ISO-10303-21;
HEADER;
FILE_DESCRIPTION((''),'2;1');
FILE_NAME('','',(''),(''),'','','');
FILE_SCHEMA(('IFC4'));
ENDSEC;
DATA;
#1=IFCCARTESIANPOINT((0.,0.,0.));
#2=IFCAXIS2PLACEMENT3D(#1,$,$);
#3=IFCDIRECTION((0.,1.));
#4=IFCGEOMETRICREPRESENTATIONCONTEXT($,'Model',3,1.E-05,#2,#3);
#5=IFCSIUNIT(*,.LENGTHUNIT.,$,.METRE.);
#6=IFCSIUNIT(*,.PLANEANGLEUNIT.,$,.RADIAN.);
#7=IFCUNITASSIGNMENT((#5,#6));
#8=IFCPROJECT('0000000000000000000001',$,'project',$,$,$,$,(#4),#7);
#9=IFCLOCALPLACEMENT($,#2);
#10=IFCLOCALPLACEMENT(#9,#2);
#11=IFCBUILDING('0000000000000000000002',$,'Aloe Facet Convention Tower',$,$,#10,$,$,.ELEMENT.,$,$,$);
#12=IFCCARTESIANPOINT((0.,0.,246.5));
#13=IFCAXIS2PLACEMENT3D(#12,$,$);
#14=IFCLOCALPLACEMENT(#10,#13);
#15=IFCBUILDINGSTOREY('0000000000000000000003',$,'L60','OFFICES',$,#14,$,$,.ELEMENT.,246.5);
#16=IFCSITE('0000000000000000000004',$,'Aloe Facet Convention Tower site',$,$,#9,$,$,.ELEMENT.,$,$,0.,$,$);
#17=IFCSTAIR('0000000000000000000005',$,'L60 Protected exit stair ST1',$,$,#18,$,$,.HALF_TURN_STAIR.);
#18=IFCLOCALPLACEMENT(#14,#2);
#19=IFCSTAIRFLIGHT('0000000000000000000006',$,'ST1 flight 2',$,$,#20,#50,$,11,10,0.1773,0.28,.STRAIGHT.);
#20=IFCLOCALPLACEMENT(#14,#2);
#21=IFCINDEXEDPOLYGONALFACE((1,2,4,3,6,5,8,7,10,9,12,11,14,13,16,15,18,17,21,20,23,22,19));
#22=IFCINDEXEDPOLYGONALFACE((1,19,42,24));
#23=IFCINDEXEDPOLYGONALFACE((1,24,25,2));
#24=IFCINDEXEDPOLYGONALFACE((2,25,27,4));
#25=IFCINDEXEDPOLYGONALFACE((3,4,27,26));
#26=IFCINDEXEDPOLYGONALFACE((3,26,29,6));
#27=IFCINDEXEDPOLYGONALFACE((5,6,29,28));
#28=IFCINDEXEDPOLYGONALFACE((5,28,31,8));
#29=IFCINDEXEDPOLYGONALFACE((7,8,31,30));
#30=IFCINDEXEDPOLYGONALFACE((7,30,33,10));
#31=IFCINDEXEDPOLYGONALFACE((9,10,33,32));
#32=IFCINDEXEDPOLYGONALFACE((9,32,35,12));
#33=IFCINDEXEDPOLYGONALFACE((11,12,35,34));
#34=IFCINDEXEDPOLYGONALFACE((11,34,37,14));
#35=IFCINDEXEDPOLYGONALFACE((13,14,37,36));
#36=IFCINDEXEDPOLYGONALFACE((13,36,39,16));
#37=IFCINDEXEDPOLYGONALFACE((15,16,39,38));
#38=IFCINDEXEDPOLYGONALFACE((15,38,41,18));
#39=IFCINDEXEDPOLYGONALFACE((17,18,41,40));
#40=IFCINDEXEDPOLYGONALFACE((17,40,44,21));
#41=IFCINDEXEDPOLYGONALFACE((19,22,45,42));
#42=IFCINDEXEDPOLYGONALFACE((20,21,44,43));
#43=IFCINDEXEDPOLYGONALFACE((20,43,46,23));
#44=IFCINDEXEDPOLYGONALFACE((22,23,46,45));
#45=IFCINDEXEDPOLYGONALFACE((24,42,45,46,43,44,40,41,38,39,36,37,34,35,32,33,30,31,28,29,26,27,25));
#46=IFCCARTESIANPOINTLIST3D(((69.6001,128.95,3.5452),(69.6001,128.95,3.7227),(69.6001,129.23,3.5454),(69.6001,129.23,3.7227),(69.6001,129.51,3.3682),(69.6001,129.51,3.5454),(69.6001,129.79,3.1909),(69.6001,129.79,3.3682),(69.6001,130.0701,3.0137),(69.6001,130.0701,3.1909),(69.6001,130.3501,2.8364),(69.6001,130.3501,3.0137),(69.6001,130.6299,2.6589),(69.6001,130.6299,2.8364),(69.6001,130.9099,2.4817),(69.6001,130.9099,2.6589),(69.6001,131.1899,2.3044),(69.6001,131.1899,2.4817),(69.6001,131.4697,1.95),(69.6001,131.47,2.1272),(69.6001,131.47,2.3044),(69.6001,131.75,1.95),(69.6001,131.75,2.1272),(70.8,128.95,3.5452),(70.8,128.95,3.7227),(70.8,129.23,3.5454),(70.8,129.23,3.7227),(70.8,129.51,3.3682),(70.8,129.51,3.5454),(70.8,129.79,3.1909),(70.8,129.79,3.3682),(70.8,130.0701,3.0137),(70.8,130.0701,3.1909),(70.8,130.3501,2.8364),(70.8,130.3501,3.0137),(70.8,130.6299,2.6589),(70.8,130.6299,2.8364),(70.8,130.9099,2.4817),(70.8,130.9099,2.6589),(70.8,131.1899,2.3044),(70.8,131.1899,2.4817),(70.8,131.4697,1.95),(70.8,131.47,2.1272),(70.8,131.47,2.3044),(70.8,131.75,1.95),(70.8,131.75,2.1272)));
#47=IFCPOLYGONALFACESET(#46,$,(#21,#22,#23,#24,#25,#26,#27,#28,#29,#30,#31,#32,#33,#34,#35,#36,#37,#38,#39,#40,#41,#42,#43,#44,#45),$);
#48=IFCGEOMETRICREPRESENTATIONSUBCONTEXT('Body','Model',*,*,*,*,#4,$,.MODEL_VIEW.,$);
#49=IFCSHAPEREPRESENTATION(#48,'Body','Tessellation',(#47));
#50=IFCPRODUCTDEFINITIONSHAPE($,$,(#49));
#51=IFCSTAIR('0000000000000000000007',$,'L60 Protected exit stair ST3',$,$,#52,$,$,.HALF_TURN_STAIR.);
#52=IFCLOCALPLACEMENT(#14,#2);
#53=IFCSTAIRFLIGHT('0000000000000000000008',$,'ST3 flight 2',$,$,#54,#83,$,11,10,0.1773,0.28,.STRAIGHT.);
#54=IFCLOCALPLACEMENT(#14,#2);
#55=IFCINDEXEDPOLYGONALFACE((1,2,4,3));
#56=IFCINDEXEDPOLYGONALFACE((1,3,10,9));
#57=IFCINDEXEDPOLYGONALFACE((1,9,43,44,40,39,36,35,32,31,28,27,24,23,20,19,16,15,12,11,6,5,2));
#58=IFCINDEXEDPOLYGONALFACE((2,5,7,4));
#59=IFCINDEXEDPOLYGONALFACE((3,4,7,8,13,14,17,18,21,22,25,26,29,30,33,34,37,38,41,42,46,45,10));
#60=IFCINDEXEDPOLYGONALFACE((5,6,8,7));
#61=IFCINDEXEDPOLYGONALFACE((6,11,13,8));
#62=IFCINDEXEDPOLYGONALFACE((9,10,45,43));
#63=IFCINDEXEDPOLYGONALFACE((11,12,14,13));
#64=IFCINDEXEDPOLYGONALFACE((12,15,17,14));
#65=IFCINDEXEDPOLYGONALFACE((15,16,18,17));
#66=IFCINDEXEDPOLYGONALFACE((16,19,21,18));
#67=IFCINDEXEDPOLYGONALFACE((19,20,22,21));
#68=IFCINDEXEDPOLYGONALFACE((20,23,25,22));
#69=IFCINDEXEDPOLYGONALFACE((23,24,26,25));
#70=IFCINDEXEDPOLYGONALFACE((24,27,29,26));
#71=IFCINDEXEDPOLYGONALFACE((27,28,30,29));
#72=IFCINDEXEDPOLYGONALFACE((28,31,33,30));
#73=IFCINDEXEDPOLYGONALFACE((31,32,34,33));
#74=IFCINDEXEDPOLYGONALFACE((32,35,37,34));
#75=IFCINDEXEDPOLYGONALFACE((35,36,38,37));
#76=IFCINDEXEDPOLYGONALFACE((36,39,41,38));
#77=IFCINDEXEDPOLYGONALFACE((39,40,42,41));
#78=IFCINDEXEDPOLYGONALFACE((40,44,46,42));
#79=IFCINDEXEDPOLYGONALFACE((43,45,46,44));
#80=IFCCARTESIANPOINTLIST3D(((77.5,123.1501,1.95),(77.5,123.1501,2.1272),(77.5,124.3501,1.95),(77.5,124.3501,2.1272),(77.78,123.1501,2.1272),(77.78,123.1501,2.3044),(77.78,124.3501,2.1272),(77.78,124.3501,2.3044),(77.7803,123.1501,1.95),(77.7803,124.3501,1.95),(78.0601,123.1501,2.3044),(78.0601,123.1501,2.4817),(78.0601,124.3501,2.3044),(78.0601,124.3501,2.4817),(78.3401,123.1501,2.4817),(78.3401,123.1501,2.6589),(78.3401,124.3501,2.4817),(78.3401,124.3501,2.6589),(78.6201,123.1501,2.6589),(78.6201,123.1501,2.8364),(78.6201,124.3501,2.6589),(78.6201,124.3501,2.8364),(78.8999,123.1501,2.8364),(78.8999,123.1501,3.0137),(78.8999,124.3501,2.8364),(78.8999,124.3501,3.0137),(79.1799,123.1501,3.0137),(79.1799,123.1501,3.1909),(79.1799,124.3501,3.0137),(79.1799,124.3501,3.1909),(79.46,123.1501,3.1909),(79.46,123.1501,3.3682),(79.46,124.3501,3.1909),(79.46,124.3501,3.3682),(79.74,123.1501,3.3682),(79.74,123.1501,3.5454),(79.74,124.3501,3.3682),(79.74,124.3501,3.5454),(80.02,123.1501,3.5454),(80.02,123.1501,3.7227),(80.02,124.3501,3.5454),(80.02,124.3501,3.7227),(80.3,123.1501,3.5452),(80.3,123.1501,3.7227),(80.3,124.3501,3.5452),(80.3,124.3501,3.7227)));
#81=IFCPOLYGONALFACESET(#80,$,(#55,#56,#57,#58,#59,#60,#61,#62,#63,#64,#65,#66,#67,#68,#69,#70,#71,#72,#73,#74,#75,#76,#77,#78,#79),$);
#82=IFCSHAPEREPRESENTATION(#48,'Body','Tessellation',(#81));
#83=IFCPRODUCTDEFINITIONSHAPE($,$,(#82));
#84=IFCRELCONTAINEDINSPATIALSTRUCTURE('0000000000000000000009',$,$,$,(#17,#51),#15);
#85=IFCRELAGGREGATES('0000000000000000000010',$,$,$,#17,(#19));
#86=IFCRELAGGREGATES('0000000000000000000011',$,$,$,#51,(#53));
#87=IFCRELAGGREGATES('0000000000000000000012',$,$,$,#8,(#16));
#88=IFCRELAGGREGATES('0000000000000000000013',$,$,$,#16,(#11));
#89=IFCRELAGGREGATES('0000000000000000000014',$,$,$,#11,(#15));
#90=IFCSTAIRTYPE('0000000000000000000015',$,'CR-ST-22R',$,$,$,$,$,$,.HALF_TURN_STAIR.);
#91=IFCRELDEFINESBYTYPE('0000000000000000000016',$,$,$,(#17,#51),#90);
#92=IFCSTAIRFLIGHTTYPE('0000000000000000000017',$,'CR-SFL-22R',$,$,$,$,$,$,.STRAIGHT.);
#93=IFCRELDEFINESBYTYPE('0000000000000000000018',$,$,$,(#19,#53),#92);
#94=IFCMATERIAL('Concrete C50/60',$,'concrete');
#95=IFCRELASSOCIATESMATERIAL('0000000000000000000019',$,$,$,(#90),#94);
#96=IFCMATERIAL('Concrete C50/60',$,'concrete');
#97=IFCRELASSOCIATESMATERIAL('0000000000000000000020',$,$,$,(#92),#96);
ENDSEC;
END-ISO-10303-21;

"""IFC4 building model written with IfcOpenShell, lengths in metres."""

from ifc_helpers import new_model, si_unit, direction, frame, origin, place, context, subcontext, project, spatial, polyline, outline, extrude, material, type_object, element, aggregate, save


model = new_model("IFC4")

# Units and contexts
model_context = context("Model", 3, precision=1e-05, world=origin(), true_north=direction((0.0, 1.0)))
body_context = subcontext(model_context, "Body", "Model", "MODEL_VIEW")
ifc_project = project(units=[si_unit("LENGTHUNIT", "METRE"), si_unit("PLANEANGLEUNIT", "RADIAN")], contexts=[model_context])

# Site, building, storey
site_placement = place(None, origin())
site = spatial("IfcSite", under=ifc_project, at=site_placement, Name="Aloe Facet Convention Tower site", CompositionType="ELEMENT", RefElevation=0.0)
building_placement = place(site_placement, origin())
building = spatial("IfcBuilding", under=site, at=building_placement, Name="Aloe Facet Convention Tower", CompositionType="ELEMENT")
storey_placement = place(building_placement, frame((0.0, 0.0, 246.5)))
storey = spatial("IfcBuildingStorey", under=building, at=storey_placement, Name="L60", Description="OFFICES", CompositionType="ELEMENT", Elevation=246.5)

# Stair, stair flight
ifc_material_1 = material(Name="Concrete C50/60", Category="concrete")
stair_type = type_object("IfcStairType", Name="CR-ST-22R", PredefinedType="HALF_TURN_STAIR", material=ifc_material_1)
stair_1_placement = place(storey_placement, origin())
stair_1 = element("IfcStair", 1, at=stair_1_placement, inside=storey, type_object=stair_type, Name="L60 Protected exit stair ST1", PredefinedType="HALF_TURN_STAIR")
ifc_material_2 = material(Name="Concrete C50/60", Category="concrete")
stair_flight_type = type_object("IfcStairFlightType", Name="CR-SFL-22R", PredefinedType="STRAIGHT", material=ifc_material_2)
stair_flight_1_placement = place(storey_placement, frame((70.2, 131.75, 1.95), z_axis=(0.0, 0.0, 1.0), x_axis=(0.0, -1.0, 0.0)))
stair_flight_1 = element("IfcStairFlight", 2, at=stair_flight_1_placement, type_object=stair_flight_type, Name="ST1 flight 2", NumberOfRisers=11, NumberOfTreads=10, PredefinedType="STRAIGHT", RiserHeight=0.1773, TreadLength=0.28, context=body_context, shape_type="SweptSolid", body=[
    extrude(outline(polyline([(0.0, 0.0), (0.0, 0.1772), (0.28, 0.1772), (0.28, 0.3545), (0.5601, 0.3545), (0.5601, 0.5317), (0.8401, 0.5317), (0.8401, 0.709), (1.1201, 0.709), (1.1201, 0.8865), (1.3999, 0.8865), (1.3999, 1.0637), (1.6799, 1.0637), (1.6799, 1.241), (1.96, 1.241), (1.96, 1.4182), (2.24, 1.4182), (2.24, 1.5955), (2.52, 1.5955), (2.52, 1.7727), (2.8, 1.7727), (2.8, 1.95), (2.8, 1.5952), (0.2803, 0.0), (0.0, 0.0)])), frame((0.0, 0.6001, 0.0), z_axis=(0.0, -1.0, 0.0), x_axis=(1.0, 0.0, 0.0)), (0.0, 0.0, 1.0), 1.2),
])
aggregate(stair_1, [stair_flight_1])

# Stair, stair flight
stair_2_placement = place(storey_placement, origin())
stair_2 = element("IfcStair", 3, at=stair_2_placement, inside=storey, type_object=stair_type, Name="L60 Protected exit stair ST3", PredefinedType="HALF_TURN_STAIR")
stair_flight_2_placement = place(storey_placement, frame((77.5, 123.75, 1.95), z_axis=(0.0, 0.0, 1.0), x_axis=(1.0, 0.0, 0.0)))
stair_flight_2 = element("IfcStairFlight", 4, at=stair_flight_2_placement, type_object=stair_flight_type, Name="ST3 flight 2", NumberOfRisers=11, NumberOfTreads=10, PredefinedType="STRAIGHT", RiserHeight=0.1773, TreadLength=0.28, context=body_context, shape_type="SweptSolid", body=[
    extrude(outline(polyline([(0.0, 0.0), (0.0, 0.1772), (0.28, 0.1772), (0.28, 0.3545), (0.5601, 0.3545), (0.5601, 0.5317), (0.8401, 0.5317), (0.8401, 0.709), (1.1201, 0.709), (1.1201, 0.8865), (1.3999, 0.8865), (1.3999, 1.0637), (1.6799, 1.0637), (1.6799, 1.241), (1.96, 1.241), (1.96, 1.4182), (2.24, 1.4182), (2.24, 1.5955), (2.52, 1.5955), (2.52, 1.7727), (2.8, 1.7727), (2.8, 1.95), (2.8, 1.5952), (0.2803, 0.0), (0.0, 0.0)])), frame((0.0, 0.6001, 0.0), z_axis=(0.0, -1.0, 0.0), x_axis=(1.0, 0.0, 0.0)), (0.0, 0.0, 1.0), 1.2),
])
aggregate(stair_2, [stair_flight_2])

save(model, "model.ifc")
